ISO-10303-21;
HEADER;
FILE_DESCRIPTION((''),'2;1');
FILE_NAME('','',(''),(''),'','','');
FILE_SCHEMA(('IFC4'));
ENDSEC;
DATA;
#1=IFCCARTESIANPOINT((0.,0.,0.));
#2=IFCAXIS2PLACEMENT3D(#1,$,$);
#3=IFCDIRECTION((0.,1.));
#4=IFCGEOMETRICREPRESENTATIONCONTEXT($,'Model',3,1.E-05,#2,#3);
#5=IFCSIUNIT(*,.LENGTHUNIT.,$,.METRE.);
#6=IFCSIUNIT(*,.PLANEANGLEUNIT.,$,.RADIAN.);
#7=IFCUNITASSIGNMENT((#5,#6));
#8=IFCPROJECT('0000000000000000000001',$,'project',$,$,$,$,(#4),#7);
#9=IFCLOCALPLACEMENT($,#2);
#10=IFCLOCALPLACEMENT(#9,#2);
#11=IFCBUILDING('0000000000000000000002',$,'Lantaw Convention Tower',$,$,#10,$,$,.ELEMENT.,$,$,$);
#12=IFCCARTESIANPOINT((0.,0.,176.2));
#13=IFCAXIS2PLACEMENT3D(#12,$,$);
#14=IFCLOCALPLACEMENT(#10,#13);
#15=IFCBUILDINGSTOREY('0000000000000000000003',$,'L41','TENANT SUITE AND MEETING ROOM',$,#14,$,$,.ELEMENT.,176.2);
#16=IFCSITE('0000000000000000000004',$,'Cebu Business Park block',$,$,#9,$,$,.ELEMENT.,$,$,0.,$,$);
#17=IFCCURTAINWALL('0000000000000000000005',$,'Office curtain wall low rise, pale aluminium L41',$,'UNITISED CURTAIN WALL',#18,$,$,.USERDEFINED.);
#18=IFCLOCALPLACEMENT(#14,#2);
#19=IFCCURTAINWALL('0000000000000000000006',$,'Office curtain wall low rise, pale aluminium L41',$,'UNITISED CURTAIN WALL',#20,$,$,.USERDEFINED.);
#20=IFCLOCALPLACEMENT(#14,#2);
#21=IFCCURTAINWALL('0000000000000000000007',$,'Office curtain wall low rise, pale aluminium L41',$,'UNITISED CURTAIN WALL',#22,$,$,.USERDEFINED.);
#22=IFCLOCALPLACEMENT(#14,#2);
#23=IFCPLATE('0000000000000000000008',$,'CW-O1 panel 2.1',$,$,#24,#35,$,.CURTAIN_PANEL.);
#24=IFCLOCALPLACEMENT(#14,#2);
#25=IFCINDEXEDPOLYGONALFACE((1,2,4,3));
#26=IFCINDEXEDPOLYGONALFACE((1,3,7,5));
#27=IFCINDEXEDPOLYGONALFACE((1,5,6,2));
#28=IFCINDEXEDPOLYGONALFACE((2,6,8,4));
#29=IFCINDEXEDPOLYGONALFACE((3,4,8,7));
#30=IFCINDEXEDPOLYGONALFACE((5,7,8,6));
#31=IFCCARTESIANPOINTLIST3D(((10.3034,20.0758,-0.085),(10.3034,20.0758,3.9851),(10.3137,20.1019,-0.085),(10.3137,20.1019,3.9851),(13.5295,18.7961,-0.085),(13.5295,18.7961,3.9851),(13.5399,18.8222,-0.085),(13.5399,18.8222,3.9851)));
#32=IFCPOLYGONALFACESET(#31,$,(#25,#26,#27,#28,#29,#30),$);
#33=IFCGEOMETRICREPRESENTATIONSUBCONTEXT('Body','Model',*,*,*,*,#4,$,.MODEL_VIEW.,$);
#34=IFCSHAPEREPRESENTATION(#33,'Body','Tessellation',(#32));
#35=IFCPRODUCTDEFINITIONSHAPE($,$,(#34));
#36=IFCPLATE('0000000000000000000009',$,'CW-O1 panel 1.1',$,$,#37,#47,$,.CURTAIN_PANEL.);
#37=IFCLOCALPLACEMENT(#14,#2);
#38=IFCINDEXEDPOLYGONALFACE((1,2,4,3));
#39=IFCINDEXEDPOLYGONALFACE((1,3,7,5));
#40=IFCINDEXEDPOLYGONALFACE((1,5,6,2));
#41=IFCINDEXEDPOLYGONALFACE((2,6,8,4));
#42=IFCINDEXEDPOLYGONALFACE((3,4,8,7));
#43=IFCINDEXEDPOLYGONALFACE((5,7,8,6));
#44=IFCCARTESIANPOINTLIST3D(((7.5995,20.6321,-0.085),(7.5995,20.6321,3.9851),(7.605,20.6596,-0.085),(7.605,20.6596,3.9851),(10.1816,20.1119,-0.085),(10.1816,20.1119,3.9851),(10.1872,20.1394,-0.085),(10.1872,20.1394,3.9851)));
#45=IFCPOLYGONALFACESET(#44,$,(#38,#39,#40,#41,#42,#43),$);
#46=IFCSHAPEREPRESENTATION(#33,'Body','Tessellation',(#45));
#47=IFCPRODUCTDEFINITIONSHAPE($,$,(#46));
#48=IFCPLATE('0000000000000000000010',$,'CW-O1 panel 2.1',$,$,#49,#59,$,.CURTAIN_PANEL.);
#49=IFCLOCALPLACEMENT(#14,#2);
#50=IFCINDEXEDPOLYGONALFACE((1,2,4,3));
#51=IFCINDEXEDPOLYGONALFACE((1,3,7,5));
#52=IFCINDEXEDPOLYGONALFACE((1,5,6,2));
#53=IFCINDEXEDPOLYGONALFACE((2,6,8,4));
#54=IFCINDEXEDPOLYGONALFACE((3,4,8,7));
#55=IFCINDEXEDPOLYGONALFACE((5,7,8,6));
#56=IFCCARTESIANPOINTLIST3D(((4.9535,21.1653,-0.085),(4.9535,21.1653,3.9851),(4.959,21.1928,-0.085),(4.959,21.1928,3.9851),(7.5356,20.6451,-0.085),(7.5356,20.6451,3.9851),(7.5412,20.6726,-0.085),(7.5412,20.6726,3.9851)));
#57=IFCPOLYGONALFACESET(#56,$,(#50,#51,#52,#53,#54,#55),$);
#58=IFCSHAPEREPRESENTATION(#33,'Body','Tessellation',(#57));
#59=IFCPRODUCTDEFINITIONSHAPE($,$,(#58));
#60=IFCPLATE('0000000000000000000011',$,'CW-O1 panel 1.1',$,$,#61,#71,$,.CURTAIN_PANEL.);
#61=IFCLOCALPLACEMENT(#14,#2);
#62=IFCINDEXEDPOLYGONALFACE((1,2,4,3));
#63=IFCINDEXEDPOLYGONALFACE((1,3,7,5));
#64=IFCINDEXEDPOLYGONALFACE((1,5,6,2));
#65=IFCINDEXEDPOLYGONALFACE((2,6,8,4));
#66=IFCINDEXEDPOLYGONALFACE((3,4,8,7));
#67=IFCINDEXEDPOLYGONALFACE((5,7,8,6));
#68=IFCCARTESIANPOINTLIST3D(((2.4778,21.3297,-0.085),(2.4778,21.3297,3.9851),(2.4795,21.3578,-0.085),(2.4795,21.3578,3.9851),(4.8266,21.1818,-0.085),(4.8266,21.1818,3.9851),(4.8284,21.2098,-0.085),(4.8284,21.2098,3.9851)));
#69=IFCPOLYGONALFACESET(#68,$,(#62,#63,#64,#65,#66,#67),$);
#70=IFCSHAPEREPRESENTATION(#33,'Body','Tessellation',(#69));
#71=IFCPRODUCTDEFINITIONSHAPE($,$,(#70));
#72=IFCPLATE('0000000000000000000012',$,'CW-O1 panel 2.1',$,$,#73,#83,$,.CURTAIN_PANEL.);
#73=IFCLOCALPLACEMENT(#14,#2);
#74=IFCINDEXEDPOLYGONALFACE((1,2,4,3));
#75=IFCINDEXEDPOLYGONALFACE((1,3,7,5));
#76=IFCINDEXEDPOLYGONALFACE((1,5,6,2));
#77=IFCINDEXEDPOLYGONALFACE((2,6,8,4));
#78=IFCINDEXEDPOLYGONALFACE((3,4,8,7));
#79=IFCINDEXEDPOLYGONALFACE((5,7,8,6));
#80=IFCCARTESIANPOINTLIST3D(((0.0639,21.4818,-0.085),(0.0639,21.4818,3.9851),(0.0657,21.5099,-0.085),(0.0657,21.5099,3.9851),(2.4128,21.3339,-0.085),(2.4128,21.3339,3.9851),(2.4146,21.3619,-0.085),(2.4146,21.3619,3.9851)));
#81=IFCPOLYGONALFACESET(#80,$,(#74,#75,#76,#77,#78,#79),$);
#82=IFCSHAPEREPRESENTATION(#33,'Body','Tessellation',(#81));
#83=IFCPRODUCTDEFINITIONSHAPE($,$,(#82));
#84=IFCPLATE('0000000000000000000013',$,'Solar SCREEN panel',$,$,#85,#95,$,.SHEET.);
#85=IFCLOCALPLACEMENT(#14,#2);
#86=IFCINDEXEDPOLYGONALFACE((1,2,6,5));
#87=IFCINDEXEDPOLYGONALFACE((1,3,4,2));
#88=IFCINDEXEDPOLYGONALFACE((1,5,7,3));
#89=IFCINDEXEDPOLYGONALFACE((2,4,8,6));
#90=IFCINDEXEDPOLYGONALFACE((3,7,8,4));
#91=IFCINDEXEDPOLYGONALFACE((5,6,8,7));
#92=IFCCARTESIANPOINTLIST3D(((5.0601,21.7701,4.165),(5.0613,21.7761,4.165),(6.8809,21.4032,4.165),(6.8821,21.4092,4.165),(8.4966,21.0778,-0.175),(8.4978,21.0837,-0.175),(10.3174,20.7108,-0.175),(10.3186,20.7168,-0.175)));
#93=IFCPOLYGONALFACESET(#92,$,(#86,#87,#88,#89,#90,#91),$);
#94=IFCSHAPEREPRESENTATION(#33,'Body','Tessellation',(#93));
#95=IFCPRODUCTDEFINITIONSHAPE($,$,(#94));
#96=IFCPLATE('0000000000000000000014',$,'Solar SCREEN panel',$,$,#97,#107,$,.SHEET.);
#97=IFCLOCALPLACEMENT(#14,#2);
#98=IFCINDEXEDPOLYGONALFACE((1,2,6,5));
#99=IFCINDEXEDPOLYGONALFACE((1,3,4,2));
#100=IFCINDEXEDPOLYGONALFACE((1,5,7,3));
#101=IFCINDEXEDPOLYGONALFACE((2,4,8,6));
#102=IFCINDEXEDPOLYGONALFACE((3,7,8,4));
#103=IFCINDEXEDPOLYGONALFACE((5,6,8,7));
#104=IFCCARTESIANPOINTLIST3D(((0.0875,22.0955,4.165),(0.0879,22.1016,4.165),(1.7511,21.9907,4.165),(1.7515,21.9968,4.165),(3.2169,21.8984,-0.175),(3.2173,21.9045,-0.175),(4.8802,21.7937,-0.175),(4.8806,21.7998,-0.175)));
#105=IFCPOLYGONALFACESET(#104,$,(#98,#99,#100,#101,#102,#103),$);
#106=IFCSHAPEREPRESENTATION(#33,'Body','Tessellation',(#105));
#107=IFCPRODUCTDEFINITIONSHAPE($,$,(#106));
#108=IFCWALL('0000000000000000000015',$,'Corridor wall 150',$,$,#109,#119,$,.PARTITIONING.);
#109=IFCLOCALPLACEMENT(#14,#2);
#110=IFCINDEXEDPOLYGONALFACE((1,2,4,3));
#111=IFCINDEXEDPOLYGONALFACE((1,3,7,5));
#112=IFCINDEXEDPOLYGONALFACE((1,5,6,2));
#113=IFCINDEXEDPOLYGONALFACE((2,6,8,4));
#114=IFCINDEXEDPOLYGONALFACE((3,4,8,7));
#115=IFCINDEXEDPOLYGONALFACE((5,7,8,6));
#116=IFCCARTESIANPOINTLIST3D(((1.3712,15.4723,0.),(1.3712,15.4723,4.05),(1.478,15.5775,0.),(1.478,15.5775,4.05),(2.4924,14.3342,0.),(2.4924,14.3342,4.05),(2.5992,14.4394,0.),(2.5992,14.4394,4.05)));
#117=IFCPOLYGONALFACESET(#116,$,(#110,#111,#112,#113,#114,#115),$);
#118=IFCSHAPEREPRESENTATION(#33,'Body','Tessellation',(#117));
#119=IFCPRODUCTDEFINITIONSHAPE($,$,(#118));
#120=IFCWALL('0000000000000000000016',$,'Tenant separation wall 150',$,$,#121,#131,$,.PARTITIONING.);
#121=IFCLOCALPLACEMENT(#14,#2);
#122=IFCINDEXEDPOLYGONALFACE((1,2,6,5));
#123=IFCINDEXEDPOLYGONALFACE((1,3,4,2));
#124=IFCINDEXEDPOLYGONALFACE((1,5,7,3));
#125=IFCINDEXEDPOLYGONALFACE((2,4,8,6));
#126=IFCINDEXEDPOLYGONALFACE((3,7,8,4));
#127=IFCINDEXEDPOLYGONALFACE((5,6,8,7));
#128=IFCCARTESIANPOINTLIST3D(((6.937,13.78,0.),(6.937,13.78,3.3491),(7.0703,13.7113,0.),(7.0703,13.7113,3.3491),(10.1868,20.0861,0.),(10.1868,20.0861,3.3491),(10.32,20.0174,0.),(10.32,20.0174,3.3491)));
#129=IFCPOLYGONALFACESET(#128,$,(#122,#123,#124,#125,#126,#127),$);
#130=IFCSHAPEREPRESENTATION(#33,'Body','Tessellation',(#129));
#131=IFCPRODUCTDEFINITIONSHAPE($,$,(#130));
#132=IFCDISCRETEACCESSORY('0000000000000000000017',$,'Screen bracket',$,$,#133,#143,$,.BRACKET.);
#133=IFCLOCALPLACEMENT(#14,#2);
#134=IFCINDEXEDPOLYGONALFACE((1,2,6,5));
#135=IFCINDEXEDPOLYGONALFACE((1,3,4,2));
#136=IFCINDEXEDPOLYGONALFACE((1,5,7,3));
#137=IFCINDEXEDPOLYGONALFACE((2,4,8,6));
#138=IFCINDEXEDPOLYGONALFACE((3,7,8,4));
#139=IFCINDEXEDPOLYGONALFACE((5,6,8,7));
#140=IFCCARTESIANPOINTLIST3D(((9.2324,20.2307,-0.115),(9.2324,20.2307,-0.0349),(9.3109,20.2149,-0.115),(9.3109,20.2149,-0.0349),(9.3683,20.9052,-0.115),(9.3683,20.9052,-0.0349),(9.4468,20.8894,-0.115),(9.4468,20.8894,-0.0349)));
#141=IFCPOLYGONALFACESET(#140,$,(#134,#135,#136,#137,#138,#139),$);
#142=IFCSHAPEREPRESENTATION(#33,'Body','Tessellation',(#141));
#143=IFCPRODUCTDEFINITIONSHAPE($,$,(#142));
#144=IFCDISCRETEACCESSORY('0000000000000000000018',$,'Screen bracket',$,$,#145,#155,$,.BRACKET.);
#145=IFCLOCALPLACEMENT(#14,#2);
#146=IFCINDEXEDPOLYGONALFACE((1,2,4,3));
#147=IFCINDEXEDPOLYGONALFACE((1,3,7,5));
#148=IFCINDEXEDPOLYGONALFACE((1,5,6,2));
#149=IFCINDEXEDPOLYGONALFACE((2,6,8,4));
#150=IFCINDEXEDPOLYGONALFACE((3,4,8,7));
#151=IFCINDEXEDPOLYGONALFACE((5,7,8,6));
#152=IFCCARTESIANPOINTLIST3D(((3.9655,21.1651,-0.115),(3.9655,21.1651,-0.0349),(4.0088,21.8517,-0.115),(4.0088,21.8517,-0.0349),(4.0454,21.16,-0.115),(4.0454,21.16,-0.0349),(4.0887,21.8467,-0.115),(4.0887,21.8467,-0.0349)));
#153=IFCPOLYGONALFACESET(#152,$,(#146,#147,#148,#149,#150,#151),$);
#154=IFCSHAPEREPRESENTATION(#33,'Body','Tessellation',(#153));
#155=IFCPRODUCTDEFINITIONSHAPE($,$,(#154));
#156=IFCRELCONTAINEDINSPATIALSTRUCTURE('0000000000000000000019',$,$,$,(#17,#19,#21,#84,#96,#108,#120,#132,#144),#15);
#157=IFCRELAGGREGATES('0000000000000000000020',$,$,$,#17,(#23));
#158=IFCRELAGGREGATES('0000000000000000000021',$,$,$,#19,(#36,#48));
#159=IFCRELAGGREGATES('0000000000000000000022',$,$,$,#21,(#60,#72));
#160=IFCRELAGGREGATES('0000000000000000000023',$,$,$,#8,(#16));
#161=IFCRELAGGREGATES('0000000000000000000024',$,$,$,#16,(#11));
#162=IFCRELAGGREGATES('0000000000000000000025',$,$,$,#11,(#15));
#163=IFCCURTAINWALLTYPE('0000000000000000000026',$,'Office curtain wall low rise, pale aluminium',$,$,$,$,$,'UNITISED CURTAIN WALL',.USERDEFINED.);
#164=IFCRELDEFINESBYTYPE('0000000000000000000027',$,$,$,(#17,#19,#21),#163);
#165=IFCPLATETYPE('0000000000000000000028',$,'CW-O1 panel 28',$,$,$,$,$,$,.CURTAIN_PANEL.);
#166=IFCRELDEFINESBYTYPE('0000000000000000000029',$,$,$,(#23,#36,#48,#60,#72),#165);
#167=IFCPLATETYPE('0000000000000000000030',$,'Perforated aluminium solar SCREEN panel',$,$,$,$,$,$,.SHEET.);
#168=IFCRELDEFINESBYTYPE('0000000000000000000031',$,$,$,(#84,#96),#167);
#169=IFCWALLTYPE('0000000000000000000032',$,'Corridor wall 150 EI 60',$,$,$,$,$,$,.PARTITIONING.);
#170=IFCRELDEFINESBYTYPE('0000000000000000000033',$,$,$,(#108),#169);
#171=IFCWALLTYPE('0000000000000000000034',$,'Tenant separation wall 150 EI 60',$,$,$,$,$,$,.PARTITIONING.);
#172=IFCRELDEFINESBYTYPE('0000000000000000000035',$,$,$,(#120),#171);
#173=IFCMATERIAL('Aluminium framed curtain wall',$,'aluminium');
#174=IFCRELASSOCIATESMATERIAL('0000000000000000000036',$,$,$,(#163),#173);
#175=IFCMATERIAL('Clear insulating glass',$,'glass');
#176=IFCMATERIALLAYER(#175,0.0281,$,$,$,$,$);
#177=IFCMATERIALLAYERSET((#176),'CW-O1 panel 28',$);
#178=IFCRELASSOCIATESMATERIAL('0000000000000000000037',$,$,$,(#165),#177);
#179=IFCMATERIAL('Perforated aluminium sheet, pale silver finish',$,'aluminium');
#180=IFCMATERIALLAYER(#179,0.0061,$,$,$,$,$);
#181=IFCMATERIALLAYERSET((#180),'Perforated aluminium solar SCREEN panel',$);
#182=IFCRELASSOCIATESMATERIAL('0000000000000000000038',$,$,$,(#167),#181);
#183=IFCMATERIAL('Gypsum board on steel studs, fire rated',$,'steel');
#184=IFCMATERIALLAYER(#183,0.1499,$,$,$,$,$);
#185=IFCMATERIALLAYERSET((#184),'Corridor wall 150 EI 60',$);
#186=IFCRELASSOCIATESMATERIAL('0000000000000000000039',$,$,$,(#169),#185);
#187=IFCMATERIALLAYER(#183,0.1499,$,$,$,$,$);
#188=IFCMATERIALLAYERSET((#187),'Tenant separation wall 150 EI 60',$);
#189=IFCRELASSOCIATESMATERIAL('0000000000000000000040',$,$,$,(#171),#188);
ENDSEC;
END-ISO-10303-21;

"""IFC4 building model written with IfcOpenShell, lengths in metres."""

from ifc_helpers import new_model, si_unit, direction, frame, frame_2d, origin, origin_2d, place, context, subcontext, project, spatial, polyline, rectangle, outline, extrude, material, layer, layer_set, type_object, element, aggregate, save


model = new_model("IFC4")

# Units and contexts
model_context = context("Model", 3, precision=1e-05, world=origin(), true_north=direction((0.0, 1.0)))
body_context = subcontext(model_context, "Body", "Model", "MODEL_VIEW")
ifc_project = project(units=[si_unit("LENGTHUNIT", "METRE"), si_unit("PLANEANGLEUNIT", "RADIAN")], contexts=[model_context])

# Site, building, storey
site_placement = place(None, origin())
site = spatial("IfcSite", under=ifc_project, at=site_placement, Name="Cebu Business Park block", CompositionType="ELEMENT", RefElevation=0.0)
building_placement = place(site_placement, origin())
building = spatial("IfcBuilding", under=site, at=building_placement, Name="Lantaw Convention Tower", CompositionType="ELEMENT")
storey_placement = place(building_placement, frame((0.0, 0.0, 176.2)))
storey = spatial("IfcBuildingStorey", under=building, at=storey_placement, Name="L41", Description="TENANT SUITE AND MEETING ROOM", CompositionType="ELEMENT", Elevation=176.2)

# Curtain walls
ifc_material_1 = material(Name="Aluminium framed curtain wall", Category="aluminium")
curtain_wall_type = type_object("IfcCurtainWallType", Name="Office curtain wall low rise, pale aluminium", ElementType="UNITISED CURTAIN WALL", PredefinedType="USERDEFINED", material=ifc_material_1)
curtain_wall_1_placement = place(storey_placement, origin())
curtain_wall_1 = element("IfcCurtainWall", 1, at=curtain_wall_1_placement, inside=storey, type_object=curtain_wall_type, Name="Office curtain wall low rise, pale aluminium L41", ObjectType="UNITISED CURTAIN WALL", PredefinedType="USERDEFINED")
curtain_wall_2_placement = place(storey_placement, origin())
curtain_wall_2 = element("IfcCurtainWall", 2, at=curtain_wall_2_placement, inside=storey, type_object=curtain_wall_type, Name="Office curtain wall low rise, pale aluminium L41", ObjectType="UNITISED CURTAIN WALL", PredefinedType="USERDEFINED")
curtain_wall_3_placement = place(storey_placement, origin())
curtain_wall_3 = element("IfcCurtainWall", 3, at=curtain_wall_3_placement, inside=storey, type_object=curtain_wall_type, Name="Office curtain wall low rise, pale aluminium L41", ObjectType="UNITISED CURTAIN WALL", PredefinedType="USERDEFINED")

# Plates
ifc_material_2 = material(Name="Clear insulating glass", Category="glass")
ifc_layer_1 = layer(ifc_material_2, 0.0281)
ifc_layer_set_1 = layer_set([ifc_layer_1], Name="CW-O1 panel 28")
plate_type_1 = type_object("IfcPlateType", Name="CW-O1 panel 28", PredefinedType="CURTAIN_PANEL", material=ifc_layer_set_1)
plate_1_placement = place(storey_placement, frame((11.9216, 19.449, -0.085), z_axis=(0.0, 0.0, 1.0), x_axis=(-0.929548, 0.368702, 0.0)))
plate_1 = element("IfcPlate", 4, at=plate_1_placement, type_object=plate_type_1, Name="CW-O1 panel 2.1", PredefinedType="CURTAIN_PANEL", context=body_context, shape_type="SweptSolid", body=[
    extrude(rectangle(XDim=3.4707, YDim=0.0281, at=origin_2d()), origin(), (0.0, 0.0, 1.0), 4.0701),
])
aggregate(curtain_wall_1, [plate_1])
plate_2_placement = place(storey_placement, frame((8.8933, 20.3857, -0.085), z_axis=(0.0, 0.0, 1.0), x_axis=(-0.980302, 0.197507, 0.0)))
plate_2 = element("IfcPlate", 5, at=plate_2_placement, type_object=plate_type_1, Name="CW-O1 panel 1.1", PredefinedType="CURTAIN_PANEL", context=body_context, shape_type="SweptSolid", body=[
    extrude(rectangle(XDim=2.634, YDim=0.0281, at=origin_2d()), origin(), (0.0, 0.0, 1.0), 4.0701),
])
plate_3_placement = place(storey_placement, frame((6.2473, 20.9189, -0.085), z_axis=(0.0, 0.0, 1.0), x_axis=(-0.980302, 0.197507, 0.0)))
plate_3 = element("IfcPlate", 6, at=plate_3_placement, type_object=plate_type_1, Name="CW-O1 panel 2.1", PredefinedType="CURTAIN_PANEL", context=body_context, shape_type="SweptSolid", body=[
    extrude(rectangle(XDim=2.634, YDim=0.0281, at=origin_2d()), origin(), (0.0, 0.0, 1.0), 4.0701),
])
aggregate(curtain_wall_2, [plate_2, plate_3])
plate_4_placement = place(storey_placement, frame((3.6531, 21.2698, -0.085), z_axis=(0.0, 0.0, 1.0), x_axis=(-0.998022, 0.062865, 0.0)))
plate_4 = element("IfcPlate", 7, at=plate_4_placement, type_object=plate_type_1, Name="CW-O1 panel 1.1", PredefinedType="CURTAIN_PANEL", context=body_context, shape_type="SweptSolid", body=[
    extrude(rectangle(XDim=2.3535, YDim=0.0281, at=origin_2d()), origin(), (0.0, 0.0, 1.0), 4.0701),
])
plate_5_placement = place(storey_placement, frame((1.2393, 21.4219, -0.085), z_axis=(0.0, 0.0, 1.0), x_axis=(-0.998022, 0.062865, 0.0)))
plate_5 = element("IfcPlate", 8, at=plate_5_placement, type_object=plate_type_1, Name="CW-O1 panel 2.1", PredefinedType="CURTAIN_PANEL", context=body_context, shape_type="SweptSolid", body=[
    extrude(rectangle(XDim=2.3535, YDim=0.0281, at=origin_2d()), origin(), (0.0, 0.0, 1.0), 4.0701),
])
aggregate(curtain_wall_3, [plate_4, plate_5])

# Plates
ifc_material_3 = material(Name="Perforated aluminium sheet, pale silver finish", Category="aluminium")
ifc_layer_2 = layer(ifc_material_3, 0.0061)
ifc_layer_set_2 = layer_set([ifc_layer_2], Name="Perforated aluminium solar SCREEN panel")
plate_type_2 = type_object("IfcPlateType", Name="Perforated aluminium solar SCREEN panel", PredefinedType="SHEET", material=ifc_layer_set_2)
plate_6_placement = place(storey_placement, frame((10.3186, 20.7168, -0.175), z_axis=(0.197557, 0.980291, 0.000039), x_axis=(-0.980291, 0.197557, 0.0)))
element("IfcPlate", 9, at=plate_6_placement, inside=storey, type_object=plate_type_2, Name="Solar SCREEN panel", PredefinedType="SHEET", context=body_context, shape_type="SweptSolid", body=[
    extrude(outline(polyline([(0.0, 0.0), (1.8574, 0.0), (5.363, 4.3401), (3.5056, 4.3401), (0.0, 0.0)])), origin(), (0.0, 0.0, -1.0), 0.0061),
])
plate_7_placement = place(storey_placement, frame((4.8806, 21.7998, -0.175), z_axis=(0.062839, 0.998024, 0.000002), x_axis=(-0.998024, 0.062839, 0.0)))
element("IfcPlate", 10, at=plate_7_placement, inside=storey, type_object=plate_type_2, Name="Solar SCREEN panel", PredefinedType="SHEET", context=body_context, shape_type="SweptSolid", body=[
    extrude(outline(polyline([(0.0, 0.0), (1.6666, 0.0), (4.8022, 4.3401), (3.1353, 4.3401), (0.0, 0.0)])), origin(), (0.0, 0.0, -1.0), 0.0061),
])

# Walls
ifc_material_4 = material(Name="Gypsum board on steel studs, fire rated", Category="steel")
ifc_layer_3 = layer(ifc_material_4, 0.1499)
ifc_layer_set_3 = layer_set([ifc_layer_3], Name="Corridor wall 150 EI 60")
wall_type_1 = type_object("IfcWallType", Name="Corridor wall 150 EI 60", PredefinedType="PARTITIONING", material=ifc_layer_set_3)
wall_1_placement = place(storey_placement, frame((1.4246, 15.5249, 0.0), z_axis=(0.0, 0.0, 1.0), x_axis=(0.701815, -0.712359, 0.0)))
element("IfcWall", 11, at=wall_1_placement, inside=storey, type_object=wall_type_1, Name="Corridor wall 150", PredefinedType="PARTITIONING", context=body_context, shape_type="SweptSolid", body=[
    extrude(rectangle(XDim=1.5977, YDim=0.1499, at=frame_2d((0.7988, 0.0))), origin(), (0.0, 0.0, 1.0), 4.05),
])
ifc_layer_4 = layer(ifc_material_4, 0.1499)
ifc_layer_set_4 = layer_set([ifc_layer_4], Name="Tenant separation wall 150 EI 60")
wall_type_2 = type_object("IfcWallType", Name="Tenant separation wall 150 EI 60", PredefinedType="PARTITIONING", material=ifc_layer_set_4)
wall_2_placement = place(storey_placement, frame((10.2534, 20.0518, 0.0), z_axis=(0.0, 0.0, 1.0), x_axis=(-0.458083, -0.88891, 0.0)))
element("IfcWall", 12, at=wall_2_placement, inside=storey, type_object=wall_type_2, Name="Tenant separation wall 150", PredefinedType="PARTITIONING", context=body_context, shape_type="SweptSolid", body=[
    extrude(rectangle(XDim=7.0942, YDim=0.1499, at=frame_2d((3.5471, 0.0))), origin(), (0.0, 0.0, 1.0), 3.3491),
])

# Discrete accessories
for number, where, z_axis, x_axis, name in (
    (13, (9.3396, 20.5601, -0.115), (0.0, 0.0, 1.0), (-0.980302, 0.197507, 0.0), "Screen bracket"),
    (14, (4.0271, 21.5059, -0.115), (0.0, 0.0, 1.0), (-0.998022, 0.062865, 0.0), "Screen bracket"),
):
    element("IfcDiscreteAccessory", number, at=place(storey_placement, frame(where, z_axis=z_axis, x_axis=x_axis)), inside=storey, Name=name, PredefinedType="BRACKET", context=body_context, shape_type="SweptSolid", body=[
        extrude(rectangle(XDim=0.0801, YDim=0.688, at=origin_2d()), origin(), (0.0, 0.0, 1.0), 0.0801),
    ])

save(model, "model.ifc")
